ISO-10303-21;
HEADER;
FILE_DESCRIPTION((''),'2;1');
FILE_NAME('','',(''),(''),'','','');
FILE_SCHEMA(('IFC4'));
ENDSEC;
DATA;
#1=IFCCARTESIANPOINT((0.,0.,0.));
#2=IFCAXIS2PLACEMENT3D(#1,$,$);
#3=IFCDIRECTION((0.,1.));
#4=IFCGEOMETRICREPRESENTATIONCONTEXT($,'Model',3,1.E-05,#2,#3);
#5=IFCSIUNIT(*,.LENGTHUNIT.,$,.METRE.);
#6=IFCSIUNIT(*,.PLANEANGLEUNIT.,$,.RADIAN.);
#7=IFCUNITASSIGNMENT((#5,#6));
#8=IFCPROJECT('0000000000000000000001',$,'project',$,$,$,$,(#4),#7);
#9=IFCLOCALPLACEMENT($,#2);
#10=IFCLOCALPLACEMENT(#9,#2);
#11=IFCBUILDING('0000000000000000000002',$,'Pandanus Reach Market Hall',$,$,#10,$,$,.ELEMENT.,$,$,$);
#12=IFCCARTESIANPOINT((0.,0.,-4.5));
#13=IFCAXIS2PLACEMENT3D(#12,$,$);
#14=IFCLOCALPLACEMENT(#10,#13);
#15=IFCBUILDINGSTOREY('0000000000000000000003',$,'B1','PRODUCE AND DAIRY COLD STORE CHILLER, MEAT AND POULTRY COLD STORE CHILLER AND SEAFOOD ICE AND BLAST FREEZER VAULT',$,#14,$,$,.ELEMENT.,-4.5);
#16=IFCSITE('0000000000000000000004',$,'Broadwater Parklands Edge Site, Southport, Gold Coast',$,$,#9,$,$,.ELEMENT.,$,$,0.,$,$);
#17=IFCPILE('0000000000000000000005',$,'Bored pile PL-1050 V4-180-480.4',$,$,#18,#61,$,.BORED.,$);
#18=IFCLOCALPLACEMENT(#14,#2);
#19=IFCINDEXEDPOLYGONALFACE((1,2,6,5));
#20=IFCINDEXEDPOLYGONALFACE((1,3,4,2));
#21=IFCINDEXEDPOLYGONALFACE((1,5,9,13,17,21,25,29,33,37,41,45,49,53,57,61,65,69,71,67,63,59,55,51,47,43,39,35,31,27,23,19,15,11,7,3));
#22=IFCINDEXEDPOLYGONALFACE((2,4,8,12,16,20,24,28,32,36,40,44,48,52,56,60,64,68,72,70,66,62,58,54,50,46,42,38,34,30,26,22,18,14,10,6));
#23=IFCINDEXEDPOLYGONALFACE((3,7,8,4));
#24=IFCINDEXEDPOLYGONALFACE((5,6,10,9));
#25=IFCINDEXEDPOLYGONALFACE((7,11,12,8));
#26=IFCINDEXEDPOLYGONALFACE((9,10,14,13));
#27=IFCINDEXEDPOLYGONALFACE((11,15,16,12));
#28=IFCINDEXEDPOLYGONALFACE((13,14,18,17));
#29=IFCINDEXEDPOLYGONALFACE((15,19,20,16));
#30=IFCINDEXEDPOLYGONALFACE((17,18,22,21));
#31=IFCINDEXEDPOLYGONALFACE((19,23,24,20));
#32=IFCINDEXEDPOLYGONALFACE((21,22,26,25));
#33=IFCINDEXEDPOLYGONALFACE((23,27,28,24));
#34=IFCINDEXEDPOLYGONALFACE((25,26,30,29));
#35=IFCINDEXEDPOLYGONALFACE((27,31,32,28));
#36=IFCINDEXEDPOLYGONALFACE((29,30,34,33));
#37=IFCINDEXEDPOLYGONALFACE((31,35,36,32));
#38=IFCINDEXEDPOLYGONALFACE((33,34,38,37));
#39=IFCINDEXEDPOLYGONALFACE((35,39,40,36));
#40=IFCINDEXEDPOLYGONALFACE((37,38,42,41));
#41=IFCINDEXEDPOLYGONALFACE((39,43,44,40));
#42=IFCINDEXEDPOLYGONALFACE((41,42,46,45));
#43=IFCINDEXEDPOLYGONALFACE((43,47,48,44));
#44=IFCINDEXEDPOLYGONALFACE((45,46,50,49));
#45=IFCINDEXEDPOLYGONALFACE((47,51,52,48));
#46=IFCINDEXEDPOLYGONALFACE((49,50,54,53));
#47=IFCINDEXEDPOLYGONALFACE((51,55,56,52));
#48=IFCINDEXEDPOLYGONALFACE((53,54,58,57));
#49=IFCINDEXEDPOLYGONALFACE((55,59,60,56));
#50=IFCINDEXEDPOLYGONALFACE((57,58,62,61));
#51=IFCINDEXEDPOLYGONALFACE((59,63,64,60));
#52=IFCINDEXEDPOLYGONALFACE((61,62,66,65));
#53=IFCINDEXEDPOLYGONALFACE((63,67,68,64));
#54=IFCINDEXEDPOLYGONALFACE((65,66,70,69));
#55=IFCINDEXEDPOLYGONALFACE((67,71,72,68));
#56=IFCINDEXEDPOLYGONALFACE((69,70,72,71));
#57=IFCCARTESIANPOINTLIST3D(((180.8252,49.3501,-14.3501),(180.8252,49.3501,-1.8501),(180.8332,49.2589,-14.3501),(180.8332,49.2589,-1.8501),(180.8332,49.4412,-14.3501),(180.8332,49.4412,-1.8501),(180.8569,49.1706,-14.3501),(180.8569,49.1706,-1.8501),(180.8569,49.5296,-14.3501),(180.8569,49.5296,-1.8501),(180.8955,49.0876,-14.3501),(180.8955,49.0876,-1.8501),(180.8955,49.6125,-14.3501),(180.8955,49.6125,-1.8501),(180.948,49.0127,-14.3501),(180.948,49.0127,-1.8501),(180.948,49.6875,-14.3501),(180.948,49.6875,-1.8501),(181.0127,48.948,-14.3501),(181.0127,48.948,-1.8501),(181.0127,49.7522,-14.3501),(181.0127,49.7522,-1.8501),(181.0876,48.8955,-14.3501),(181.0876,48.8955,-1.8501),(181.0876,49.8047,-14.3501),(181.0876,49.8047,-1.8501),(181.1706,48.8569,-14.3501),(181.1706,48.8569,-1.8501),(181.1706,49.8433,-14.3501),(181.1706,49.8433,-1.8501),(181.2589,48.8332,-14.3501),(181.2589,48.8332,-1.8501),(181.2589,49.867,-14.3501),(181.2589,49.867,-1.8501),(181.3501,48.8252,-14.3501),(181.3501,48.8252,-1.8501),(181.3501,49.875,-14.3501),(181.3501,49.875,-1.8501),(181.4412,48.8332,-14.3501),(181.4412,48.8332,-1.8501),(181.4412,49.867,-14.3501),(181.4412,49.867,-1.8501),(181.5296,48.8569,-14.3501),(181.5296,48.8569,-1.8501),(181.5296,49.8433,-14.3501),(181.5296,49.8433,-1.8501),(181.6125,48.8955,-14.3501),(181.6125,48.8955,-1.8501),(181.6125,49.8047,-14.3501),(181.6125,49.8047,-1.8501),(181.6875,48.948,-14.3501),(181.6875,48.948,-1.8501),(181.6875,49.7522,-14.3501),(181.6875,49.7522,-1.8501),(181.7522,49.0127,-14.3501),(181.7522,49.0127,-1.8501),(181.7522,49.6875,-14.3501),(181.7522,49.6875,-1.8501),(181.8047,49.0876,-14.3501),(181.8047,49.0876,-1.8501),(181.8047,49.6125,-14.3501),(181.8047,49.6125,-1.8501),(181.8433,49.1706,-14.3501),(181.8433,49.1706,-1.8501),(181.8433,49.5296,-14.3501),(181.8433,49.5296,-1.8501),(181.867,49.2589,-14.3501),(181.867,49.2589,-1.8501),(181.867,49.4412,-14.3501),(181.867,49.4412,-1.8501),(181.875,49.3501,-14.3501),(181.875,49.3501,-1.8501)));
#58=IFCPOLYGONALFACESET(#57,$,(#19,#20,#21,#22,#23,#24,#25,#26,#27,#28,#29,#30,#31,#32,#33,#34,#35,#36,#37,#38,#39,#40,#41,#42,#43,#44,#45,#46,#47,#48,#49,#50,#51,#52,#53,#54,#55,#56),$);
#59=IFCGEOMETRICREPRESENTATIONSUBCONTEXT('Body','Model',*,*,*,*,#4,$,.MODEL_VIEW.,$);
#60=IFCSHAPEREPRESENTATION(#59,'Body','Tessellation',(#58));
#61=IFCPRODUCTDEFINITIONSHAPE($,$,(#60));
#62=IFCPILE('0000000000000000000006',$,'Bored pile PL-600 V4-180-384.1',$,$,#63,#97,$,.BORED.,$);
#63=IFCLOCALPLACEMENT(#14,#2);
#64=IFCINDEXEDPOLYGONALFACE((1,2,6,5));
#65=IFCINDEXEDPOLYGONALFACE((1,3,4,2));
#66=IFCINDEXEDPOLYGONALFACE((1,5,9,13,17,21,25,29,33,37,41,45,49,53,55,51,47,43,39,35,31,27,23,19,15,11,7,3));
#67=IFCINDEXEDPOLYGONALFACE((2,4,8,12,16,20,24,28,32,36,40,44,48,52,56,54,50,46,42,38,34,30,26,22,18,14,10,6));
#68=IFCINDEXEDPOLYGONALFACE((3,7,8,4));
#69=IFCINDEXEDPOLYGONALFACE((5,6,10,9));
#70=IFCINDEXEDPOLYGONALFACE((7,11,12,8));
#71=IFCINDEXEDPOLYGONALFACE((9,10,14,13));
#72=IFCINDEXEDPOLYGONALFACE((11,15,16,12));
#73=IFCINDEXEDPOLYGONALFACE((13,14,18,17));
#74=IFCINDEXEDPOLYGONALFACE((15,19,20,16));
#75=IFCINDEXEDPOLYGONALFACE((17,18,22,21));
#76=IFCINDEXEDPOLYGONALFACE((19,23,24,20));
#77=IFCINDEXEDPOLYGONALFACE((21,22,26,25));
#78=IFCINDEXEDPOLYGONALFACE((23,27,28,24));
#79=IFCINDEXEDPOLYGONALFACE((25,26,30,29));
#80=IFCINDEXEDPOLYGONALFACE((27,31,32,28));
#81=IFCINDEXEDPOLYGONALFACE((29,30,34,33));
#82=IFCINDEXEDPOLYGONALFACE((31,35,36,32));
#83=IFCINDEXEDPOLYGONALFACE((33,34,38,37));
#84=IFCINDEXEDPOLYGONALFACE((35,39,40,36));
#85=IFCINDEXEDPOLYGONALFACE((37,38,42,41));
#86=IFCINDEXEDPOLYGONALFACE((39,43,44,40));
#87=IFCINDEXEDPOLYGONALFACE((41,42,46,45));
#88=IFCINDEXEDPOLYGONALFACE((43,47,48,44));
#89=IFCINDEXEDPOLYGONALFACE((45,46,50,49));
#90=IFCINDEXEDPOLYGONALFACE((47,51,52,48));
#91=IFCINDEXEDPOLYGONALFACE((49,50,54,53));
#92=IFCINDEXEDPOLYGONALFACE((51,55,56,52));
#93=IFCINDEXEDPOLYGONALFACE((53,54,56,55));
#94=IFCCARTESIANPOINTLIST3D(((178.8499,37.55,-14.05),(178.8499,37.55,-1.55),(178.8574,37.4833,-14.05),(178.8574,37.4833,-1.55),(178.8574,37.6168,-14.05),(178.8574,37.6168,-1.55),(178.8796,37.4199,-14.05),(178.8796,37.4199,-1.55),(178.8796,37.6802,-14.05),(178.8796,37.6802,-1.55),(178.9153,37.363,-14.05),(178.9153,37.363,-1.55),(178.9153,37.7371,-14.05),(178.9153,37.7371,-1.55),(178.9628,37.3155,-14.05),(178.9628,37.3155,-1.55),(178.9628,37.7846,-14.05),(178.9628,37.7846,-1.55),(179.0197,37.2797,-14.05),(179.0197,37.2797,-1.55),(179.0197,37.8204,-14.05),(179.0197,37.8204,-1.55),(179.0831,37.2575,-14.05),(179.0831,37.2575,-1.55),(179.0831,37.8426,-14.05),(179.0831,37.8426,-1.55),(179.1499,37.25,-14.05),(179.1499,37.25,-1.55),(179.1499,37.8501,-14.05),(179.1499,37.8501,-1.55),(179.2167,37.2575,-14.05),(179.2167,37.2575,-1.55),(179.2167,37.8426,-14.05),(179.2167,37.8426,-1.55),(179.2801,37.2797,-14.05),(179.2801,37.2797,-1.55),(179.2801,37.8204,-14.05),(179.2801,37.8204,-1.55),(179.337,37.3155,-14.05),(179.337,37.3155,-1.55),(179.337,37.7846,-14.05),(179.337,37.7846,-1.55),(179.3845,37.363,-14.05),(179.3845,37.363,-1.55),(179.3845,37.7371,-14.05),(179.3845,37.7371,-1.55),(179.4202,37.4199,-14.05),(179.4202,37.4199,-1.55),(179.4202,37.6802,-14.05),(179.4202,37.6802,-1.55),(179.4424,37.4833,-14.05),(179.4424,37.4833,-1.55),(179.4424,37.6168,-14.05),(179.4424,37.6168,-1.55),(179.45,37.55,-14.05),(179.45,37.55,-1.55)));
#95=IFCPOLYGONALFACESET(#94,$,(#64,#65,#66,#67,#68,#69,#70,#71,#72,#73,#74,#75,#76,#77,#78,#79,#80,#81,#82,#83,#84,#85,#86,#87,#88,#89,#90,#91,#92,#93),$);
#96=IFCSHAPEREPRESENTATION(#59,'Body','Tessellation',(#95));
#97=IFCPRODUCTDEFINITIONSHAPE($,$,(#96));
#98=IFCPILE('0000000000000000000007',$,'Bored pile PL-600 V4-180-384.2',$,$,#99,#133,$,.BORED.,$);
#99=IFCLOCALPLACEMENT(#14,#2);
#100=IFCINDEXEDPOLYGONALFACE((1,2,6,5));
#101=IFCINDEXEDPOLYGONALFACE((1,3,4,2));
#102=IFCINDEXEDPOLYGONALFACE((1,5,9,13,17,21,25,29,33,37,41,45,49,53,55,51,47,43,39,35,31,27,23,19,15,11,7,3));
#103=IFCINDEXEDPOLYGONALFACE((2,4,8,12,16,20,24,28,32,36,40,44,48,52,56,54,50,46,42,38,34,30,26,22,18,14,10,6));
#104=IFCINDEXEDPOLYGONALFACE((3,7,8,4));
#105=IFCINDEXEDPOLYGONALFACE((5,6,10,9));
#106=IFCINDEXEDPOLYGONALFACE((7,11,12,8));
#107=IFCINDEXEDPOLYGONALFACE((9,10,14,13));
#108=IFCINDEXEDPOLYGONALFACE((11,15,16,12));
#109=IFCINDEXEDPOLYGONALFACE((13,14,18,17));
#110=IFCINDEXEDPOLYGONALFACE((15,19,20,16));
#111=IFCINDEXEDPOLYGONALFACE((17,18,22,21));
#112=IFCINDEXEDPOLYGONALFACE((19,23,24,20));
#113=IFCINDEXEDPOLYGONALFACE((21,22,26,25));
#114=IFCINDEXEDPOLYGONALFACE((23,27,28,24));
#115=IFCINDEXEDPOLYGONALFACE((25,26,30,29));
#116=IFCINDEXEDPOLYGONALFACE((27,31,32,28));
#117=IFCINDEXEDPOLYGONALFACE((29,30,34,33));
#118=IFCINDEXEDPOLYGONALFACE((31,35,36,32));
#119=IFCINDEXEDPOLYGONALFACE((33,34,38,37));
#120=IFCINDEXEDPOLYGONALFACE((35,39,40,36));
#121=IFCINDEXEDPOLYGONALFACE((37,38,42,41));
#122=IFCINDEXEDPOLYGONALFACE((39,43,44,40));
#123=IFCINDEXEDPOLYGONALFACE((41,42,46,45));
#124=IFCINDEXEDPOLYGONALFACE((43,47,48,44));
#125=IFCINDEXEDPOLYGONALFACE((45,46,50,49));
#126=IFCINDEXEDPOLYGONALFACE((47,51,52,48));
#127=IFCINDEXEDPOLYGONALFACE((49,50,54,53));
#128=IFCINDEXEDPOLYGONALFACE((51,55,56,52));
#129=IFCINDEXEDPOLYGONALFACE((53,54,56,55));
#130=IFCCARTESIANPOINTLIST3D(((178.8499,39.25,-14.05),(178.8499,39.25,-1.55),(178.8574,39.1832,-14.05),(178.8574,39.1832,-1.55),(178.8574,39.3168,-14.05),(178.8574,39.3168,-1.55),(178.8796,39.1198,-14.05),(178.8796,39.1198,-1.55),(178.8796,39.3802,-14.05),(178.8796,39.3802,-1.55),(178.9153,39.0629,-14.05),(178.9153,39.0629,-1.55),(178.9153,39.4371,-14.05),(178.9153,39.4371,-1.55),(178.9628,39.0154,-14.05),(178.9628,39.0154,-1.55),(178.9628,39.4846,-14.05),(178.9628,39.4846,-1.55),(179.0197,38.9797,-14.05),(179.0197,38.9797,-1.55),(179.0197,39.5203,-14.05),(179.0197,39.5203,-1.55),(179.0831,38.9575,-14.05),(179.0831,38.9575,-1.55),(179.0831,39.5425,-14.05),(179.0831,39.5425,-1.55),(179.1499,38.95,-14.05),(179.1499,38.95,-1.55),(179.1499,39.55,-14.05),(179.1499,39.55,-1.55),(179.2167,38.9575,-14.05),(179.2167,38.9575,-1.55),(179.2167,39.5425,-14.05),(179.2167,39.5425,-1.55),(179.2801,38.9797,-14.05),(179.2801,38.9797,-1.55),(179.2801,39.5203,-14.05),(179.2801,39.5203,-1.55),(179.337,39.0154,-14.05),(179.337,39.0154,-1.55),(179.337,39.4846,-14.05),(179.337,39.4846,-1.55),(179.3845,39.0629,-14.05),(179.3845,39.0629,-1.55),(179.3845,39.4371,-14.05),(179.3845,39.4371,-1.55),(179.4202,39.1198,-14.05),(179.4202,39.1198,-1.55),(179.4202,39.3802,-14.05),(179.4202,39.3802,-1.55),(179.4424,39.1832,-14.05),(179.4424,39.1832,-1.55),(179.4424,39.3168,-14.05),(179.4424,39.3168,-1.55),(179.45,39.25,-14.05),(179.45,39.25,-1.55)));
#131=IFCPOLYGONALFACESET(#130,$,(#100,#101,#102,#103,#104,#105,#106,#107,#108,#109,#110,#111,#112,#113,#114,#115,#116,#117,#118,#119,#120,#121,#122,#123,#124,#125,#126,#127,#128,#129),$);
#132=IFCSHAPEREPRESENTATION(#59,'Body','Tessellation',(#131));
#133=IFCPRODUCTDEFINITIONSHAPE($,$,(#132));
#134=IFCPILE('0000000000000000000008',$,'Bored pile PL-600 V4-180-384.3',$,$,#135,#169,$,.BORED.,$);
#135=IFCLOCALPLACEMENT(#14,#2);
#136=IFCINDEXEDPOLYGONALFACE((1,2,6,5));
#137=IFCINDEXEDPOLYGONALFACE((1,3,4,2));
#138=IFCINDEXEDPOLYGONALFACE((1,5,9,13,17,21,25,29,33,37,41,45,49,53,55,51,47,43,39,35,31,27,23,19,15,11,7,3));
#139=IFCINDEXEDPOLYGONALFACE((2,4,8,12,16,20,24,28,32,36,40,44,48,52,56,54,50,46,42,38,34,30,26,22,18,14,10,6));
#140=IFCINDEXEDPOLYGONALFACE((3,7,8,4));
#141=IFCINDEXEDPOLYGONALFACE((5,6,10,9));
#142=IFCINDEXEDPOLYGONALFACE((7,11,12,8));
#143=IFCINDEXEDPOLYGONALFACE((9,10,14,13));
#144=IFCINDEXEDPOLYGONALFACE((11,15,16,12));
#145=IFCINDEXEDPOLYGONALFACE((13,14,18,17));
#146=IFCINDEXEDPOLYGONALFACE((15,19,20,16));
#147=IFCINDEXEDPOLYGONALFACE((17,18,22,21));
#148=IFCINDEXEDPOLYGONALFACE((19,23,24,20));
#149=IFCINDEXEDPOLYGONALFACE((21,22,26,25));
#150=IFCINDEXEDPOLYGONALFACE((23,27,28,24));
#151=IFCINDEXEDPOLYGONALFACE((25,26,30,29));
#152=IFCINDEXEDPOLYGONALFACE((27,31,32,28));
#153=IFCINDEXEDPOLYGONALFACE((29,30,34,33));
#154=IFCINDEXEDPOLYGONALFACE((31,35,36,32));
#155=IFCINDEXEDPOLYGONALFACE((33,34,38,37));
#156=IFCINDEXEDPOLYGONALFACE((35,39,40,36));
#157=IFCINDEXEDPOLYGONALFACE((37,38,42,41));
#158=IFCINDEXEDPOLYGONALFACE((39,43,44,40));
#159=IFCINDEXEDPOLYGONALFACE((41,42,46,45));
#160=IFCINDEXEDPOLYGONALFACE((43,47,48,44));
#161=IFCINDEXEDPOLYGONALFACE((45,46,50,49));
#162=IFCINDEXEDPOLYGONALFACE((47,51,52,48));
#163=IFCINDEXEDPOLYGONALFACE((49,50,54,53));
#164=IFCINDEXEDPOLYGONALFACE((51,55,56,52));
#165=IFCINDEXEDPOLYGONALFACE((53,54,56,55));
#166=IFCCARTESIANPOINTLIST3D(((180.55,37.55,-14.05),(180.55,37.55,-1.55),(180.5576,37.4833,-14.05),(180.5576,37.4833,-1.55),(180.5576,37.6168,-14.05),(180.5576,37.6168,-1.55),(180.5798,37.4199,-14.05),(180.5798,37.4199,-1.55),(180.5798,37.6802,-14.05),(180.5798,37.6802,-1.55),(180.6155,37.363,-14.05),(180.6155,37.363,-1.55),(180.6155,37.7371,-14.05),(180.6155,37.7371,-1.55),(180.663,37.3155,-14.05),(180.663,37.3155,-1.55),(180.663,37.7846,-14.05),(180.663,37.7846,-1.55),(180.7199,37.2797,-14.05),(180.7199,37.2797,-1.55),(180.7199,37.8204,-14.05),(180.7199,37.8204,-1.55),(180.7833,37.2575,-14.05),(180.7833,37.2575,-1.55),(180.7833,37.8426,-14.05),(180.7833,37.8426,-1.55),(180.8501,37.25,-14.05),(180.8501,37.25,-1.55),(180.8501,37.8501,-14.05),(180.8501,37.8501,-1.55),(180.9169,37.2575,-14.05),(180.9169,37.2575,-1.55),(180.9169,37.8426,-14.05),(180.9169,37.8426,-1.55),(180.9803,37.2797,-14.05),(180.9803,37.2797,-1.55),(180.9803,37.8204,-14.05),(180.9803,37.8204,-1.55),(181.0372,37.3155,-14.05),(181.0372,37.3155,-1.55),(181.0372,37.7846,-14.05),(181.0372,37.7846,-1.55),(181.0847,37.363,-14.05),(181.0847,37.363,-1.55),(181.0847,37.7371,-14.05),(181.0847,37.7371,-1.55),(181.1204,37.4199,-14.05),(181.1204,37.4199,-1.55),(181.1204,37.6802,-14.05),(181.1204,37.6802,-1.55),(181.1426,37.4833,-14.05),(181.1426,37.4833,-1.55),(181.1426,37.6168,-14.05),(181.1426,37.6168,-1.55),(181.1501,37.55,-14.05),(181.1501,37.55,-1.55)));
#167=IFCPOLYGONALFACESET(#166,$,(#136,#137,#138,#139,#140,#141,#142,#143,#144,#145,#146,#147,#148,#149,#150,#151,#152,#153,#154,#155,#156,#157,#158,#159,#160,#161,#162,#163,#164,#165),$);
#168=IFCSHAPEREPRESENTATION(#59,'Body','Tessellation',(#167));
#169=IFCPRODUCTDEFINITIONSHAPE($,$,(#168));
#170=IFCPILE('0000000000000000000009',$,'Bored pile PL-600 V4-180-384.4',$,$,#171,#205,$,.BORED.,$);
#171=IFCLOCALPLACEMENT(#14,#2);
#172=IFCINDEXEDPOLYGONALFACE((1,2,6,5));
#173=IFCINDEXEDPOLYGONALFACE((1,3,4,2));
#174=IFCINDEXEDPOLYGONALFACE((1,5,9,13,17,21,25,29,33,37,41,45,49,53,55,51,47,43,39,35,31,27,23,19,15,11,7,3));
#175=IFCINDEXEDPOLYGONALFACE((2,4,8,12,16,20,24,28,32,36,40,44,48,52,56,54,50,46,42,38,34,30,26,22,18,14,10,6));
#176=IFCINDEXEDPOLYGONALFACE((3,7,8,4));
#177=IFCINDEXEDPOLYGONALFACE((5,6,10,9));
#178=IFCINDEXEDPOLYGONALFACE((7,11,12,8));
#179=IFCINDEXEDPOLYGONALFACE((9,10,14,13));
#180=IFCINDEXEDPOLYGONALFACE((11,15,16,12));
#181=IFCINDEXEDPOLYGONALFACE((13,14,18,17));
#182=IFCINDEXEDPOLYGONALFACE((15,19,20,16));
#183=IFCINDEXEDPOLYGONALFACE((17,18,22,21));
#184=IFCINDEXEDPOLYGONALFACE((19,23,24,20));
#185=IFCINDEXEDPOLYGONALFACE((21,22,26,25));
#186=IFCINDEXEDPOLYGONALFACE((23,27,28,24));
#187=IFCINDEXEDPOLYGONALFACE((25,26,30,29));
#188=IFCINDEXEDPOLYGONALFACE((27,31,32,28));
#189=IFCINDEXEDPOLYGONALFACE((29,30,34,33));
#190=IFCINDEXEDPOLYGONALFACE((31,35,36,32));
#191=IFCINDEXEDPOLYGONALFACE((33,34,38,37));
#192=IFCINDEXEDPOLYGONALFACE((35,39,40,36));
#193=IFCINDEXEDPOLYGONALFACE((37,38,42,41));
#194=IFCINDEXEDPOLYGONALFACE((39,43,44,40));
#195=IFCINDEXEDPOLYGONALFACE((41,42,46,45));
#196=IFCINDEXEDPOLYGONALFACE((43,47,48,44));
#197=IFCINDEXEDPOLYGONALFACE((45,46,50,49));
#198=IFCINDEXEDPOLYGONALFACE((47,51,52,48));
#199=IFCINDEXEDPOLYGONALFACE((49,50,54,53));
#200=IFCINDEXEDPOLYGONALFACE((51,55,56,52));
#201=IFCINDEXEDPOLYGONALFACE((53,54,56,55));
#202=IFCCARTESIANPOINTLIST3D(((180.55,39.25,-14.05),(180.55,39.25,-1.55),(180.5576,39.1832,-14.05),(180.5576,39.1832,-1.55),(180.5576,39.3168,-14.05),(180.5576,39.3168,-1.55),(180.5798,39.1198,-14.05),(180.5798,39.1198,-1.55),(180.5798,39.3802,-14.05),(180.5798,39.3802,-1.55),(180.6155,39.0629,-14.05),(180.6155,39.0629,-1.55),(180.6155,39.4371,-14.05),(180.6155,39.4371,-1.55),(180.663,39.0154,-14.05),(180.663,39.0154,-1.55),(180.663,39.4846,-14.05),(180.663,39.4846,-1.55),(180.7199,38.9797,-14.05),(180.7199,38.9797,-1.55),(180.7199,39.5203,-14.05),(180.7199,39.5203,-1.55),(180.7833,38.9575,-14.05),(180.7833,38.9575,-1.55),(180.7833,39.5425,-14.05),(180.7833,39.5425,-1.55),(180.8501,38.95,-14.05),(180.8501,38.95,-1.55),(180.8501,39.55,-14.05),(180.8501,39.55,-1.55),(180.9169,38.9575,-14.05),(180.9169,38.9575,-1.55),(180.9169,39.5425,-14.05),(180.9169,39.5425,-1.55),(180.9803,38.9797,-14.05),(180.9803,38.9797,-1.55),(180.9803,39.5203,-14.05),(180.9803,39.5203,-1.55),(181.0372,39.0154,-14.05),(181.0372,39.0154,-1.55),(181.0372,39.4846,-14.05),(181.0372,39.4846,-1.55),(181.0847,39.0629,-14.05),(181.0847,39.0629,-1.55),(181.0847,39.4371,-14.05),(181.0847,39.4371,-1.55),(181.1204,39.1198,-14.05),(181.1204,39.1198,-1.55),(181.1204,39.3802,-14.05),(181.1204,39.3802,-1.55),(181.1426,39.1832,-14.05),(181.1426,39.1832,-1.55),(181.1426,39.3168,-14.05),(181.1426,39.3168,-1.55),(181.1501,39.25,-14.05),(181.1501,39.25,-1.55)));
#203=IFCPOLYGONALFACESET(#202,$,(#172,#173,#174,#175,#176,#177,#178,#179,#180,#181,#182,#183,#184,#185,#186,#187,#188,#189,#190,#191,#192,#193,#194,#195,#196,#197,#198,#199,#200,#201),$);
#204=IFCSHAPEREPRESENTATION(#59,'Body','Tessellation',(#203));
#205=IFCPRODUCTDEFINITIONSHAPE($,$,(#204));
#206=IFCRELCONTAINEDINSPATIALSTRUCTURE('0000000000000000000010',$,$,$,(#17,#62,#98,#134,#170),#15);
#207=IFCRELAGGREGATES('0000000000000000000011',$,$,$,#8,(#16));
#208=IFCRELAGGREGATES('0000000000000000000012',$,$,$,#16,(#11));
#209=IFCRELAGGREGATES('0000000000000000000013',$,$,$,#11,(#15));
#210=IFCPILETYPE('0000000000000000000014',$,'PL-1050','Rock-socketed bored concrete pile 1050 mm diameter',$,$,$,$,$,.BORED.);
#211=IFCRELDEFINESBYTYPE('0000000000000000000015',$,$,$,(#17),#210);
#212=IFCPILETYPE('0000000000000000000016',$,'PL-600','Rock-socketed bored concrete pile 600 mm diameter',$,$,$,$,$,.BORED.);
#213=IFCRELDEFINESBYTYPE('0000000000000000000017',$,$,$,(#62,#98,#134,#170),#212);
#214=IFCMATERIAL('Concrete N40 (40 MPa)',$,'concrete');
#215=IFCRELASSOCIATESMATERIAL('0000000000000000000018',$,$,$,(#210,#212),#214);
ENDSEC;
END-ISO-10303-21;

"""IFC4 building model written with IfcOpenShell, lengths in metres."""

from ifc_helpers import new_model, si_unit, direction, frame, origin, origin_2d, place, context, subcontext, project, spatial, circle, extrude, material, material_profile, profile_set, type_object, element, save


model = new_model("IFC4")

# Units and contexts
model_context = context("Model", 3, precision=1e-05, world=origin(), true_north=direction((0.0, 1.0)))
body_context = subcontext(model_context, "Body", "Model", "MODEL_VIEW")
ifc_project = project(units=[si_unit("LENGTHUNIT", "METRE"), si_unit("PLANEANGLEUNIT", "RADIAN")], contexts=[model_context])

# Site, building, storey
site_placement = place(None, origin())
site = spatial("IfcSite", under=ifc_project, at=site_placement, Name="Broadwater Parklands Edge Site, Southport, Gold Coast", CompositionType="ELEMENT", RefElevation=0.0)
building_placement = place(site_placement, origin())
building = spatial("IfcBuilding", under=site, at=building_placement, Name="Pandanus Reach Market Hall", CompositionType="ELEMENT")
storey_placement = place(building_placement, frame((0.0, 0.0, -4.5)))
storey = spatial("IfcBuildingStorey", under=building, at=storey_placement, Name="B1", Description="PRODUCE AND DAIRY COLD STORE CHILLER, MEAT AND POULTRY COLD STORE CHILLER AND SEAFOOD ICE AND BLAST FREEZER VAULT", CompositionType="ELEMENT", Elevation=-4.5)

# Shared definitions
ifc_material_1 = material(Name="Concrete N40 (40 MPa)", Category="concrete")

# Piles
ifc_material_profile_1 = material_profile(ifc_material_1, circle(Radius=0.5249, at=origin_2d()), Name="PILE-1050D", Category="LoadBearing")
ifc_profile_set_1 = profile_set([ifc_material_profile_1], Name="Concrete N40 (40 MPa)")
pile_type_1 = type_object("IfcPileType", Name="PL-1050", Description="Rock-socketed bored concrete pile 1050 mm diameter", PredefinedType="BORED", material=ifc_profile_set_1)
for number, where, z_axis, x_axis, name in (
    (1, (181.3501, 49.3501, -1.8501), (0.0, 0.0, -1.0), (1.0, 0.0, 0.0), "Bored pile PL-1050 V4-180-480.4"),
):
    element("IfcPile", number, at=place(storey_placement, frame(where, z_axis=z_axis, x_axis=x_axis)), inside=storey, type_object=pile_type_1, Name=name, PredefinedType="BORED", context=body_context, shape_type="SweptSolid", body=[
        extrude(circle(Radius=0.5249, at=origin_2d()), origin(), (0.0, 0.0, 1.0), 12.5),
    ])
ifc_material_profile_2 = material_profile(ifc_material_1, circle(Radius=0.3, at=origin_2d()), Name="PILE-600D", Category="LoadBearing")
ifc_profile_set_2 = profile_set([ifc_material_profile_2], Name="Concrete N40 (40 MPa)")
pile_type_2 = type_object("IfcPileType", Name="PL-600", Description="Rock-socketed bored concrete pile 600 mm diameter", PredefinedType="BORED", material=ifc_profile_set_2)
for number, where, z_axis, x_axis, name in (
    (2, (179.1499, 37.55, -1.55), (0.0, 0.0, -1.0), (1.0, 0.0, 0.0), "Bored pile PL-600 V4-180-384.1"),
    (3, (179.1499, 39.25, -1.55), (0.0, 0.0, -1.0), (1.0, 0.0, 0.0), "Bored pile PL-600 V4-180-384.2"),
    (4, (180.8501, 37.55, -1.55), (0.0, 0.0, -1.0), (1.0, 0.0, 0.0), "Bored pile PL-600 V4-180-384.3"),
    (5, (180.8501, 39.25, -1.55), (0.0, 0.0, -1.0), (1.0, 0.0, 0.0), "Bored pile PL-600 V4-180-384.4"),
):
    element("IfcPile", number, at=place(storey_placement, frame(where, z_axis=z_axis, x_axis=x_axis)), inside=storey, type_object=pile_type_2, Name=name, PredefinedType="BORED", context=body_context, shape_type="SweptSolid", body=[
        extrude(circle(Radius=0.3, at=origin_2d()), origin(), (0.0, 0.0, 1.0), 12.5),
    ])

save(model, "model.ifc")
